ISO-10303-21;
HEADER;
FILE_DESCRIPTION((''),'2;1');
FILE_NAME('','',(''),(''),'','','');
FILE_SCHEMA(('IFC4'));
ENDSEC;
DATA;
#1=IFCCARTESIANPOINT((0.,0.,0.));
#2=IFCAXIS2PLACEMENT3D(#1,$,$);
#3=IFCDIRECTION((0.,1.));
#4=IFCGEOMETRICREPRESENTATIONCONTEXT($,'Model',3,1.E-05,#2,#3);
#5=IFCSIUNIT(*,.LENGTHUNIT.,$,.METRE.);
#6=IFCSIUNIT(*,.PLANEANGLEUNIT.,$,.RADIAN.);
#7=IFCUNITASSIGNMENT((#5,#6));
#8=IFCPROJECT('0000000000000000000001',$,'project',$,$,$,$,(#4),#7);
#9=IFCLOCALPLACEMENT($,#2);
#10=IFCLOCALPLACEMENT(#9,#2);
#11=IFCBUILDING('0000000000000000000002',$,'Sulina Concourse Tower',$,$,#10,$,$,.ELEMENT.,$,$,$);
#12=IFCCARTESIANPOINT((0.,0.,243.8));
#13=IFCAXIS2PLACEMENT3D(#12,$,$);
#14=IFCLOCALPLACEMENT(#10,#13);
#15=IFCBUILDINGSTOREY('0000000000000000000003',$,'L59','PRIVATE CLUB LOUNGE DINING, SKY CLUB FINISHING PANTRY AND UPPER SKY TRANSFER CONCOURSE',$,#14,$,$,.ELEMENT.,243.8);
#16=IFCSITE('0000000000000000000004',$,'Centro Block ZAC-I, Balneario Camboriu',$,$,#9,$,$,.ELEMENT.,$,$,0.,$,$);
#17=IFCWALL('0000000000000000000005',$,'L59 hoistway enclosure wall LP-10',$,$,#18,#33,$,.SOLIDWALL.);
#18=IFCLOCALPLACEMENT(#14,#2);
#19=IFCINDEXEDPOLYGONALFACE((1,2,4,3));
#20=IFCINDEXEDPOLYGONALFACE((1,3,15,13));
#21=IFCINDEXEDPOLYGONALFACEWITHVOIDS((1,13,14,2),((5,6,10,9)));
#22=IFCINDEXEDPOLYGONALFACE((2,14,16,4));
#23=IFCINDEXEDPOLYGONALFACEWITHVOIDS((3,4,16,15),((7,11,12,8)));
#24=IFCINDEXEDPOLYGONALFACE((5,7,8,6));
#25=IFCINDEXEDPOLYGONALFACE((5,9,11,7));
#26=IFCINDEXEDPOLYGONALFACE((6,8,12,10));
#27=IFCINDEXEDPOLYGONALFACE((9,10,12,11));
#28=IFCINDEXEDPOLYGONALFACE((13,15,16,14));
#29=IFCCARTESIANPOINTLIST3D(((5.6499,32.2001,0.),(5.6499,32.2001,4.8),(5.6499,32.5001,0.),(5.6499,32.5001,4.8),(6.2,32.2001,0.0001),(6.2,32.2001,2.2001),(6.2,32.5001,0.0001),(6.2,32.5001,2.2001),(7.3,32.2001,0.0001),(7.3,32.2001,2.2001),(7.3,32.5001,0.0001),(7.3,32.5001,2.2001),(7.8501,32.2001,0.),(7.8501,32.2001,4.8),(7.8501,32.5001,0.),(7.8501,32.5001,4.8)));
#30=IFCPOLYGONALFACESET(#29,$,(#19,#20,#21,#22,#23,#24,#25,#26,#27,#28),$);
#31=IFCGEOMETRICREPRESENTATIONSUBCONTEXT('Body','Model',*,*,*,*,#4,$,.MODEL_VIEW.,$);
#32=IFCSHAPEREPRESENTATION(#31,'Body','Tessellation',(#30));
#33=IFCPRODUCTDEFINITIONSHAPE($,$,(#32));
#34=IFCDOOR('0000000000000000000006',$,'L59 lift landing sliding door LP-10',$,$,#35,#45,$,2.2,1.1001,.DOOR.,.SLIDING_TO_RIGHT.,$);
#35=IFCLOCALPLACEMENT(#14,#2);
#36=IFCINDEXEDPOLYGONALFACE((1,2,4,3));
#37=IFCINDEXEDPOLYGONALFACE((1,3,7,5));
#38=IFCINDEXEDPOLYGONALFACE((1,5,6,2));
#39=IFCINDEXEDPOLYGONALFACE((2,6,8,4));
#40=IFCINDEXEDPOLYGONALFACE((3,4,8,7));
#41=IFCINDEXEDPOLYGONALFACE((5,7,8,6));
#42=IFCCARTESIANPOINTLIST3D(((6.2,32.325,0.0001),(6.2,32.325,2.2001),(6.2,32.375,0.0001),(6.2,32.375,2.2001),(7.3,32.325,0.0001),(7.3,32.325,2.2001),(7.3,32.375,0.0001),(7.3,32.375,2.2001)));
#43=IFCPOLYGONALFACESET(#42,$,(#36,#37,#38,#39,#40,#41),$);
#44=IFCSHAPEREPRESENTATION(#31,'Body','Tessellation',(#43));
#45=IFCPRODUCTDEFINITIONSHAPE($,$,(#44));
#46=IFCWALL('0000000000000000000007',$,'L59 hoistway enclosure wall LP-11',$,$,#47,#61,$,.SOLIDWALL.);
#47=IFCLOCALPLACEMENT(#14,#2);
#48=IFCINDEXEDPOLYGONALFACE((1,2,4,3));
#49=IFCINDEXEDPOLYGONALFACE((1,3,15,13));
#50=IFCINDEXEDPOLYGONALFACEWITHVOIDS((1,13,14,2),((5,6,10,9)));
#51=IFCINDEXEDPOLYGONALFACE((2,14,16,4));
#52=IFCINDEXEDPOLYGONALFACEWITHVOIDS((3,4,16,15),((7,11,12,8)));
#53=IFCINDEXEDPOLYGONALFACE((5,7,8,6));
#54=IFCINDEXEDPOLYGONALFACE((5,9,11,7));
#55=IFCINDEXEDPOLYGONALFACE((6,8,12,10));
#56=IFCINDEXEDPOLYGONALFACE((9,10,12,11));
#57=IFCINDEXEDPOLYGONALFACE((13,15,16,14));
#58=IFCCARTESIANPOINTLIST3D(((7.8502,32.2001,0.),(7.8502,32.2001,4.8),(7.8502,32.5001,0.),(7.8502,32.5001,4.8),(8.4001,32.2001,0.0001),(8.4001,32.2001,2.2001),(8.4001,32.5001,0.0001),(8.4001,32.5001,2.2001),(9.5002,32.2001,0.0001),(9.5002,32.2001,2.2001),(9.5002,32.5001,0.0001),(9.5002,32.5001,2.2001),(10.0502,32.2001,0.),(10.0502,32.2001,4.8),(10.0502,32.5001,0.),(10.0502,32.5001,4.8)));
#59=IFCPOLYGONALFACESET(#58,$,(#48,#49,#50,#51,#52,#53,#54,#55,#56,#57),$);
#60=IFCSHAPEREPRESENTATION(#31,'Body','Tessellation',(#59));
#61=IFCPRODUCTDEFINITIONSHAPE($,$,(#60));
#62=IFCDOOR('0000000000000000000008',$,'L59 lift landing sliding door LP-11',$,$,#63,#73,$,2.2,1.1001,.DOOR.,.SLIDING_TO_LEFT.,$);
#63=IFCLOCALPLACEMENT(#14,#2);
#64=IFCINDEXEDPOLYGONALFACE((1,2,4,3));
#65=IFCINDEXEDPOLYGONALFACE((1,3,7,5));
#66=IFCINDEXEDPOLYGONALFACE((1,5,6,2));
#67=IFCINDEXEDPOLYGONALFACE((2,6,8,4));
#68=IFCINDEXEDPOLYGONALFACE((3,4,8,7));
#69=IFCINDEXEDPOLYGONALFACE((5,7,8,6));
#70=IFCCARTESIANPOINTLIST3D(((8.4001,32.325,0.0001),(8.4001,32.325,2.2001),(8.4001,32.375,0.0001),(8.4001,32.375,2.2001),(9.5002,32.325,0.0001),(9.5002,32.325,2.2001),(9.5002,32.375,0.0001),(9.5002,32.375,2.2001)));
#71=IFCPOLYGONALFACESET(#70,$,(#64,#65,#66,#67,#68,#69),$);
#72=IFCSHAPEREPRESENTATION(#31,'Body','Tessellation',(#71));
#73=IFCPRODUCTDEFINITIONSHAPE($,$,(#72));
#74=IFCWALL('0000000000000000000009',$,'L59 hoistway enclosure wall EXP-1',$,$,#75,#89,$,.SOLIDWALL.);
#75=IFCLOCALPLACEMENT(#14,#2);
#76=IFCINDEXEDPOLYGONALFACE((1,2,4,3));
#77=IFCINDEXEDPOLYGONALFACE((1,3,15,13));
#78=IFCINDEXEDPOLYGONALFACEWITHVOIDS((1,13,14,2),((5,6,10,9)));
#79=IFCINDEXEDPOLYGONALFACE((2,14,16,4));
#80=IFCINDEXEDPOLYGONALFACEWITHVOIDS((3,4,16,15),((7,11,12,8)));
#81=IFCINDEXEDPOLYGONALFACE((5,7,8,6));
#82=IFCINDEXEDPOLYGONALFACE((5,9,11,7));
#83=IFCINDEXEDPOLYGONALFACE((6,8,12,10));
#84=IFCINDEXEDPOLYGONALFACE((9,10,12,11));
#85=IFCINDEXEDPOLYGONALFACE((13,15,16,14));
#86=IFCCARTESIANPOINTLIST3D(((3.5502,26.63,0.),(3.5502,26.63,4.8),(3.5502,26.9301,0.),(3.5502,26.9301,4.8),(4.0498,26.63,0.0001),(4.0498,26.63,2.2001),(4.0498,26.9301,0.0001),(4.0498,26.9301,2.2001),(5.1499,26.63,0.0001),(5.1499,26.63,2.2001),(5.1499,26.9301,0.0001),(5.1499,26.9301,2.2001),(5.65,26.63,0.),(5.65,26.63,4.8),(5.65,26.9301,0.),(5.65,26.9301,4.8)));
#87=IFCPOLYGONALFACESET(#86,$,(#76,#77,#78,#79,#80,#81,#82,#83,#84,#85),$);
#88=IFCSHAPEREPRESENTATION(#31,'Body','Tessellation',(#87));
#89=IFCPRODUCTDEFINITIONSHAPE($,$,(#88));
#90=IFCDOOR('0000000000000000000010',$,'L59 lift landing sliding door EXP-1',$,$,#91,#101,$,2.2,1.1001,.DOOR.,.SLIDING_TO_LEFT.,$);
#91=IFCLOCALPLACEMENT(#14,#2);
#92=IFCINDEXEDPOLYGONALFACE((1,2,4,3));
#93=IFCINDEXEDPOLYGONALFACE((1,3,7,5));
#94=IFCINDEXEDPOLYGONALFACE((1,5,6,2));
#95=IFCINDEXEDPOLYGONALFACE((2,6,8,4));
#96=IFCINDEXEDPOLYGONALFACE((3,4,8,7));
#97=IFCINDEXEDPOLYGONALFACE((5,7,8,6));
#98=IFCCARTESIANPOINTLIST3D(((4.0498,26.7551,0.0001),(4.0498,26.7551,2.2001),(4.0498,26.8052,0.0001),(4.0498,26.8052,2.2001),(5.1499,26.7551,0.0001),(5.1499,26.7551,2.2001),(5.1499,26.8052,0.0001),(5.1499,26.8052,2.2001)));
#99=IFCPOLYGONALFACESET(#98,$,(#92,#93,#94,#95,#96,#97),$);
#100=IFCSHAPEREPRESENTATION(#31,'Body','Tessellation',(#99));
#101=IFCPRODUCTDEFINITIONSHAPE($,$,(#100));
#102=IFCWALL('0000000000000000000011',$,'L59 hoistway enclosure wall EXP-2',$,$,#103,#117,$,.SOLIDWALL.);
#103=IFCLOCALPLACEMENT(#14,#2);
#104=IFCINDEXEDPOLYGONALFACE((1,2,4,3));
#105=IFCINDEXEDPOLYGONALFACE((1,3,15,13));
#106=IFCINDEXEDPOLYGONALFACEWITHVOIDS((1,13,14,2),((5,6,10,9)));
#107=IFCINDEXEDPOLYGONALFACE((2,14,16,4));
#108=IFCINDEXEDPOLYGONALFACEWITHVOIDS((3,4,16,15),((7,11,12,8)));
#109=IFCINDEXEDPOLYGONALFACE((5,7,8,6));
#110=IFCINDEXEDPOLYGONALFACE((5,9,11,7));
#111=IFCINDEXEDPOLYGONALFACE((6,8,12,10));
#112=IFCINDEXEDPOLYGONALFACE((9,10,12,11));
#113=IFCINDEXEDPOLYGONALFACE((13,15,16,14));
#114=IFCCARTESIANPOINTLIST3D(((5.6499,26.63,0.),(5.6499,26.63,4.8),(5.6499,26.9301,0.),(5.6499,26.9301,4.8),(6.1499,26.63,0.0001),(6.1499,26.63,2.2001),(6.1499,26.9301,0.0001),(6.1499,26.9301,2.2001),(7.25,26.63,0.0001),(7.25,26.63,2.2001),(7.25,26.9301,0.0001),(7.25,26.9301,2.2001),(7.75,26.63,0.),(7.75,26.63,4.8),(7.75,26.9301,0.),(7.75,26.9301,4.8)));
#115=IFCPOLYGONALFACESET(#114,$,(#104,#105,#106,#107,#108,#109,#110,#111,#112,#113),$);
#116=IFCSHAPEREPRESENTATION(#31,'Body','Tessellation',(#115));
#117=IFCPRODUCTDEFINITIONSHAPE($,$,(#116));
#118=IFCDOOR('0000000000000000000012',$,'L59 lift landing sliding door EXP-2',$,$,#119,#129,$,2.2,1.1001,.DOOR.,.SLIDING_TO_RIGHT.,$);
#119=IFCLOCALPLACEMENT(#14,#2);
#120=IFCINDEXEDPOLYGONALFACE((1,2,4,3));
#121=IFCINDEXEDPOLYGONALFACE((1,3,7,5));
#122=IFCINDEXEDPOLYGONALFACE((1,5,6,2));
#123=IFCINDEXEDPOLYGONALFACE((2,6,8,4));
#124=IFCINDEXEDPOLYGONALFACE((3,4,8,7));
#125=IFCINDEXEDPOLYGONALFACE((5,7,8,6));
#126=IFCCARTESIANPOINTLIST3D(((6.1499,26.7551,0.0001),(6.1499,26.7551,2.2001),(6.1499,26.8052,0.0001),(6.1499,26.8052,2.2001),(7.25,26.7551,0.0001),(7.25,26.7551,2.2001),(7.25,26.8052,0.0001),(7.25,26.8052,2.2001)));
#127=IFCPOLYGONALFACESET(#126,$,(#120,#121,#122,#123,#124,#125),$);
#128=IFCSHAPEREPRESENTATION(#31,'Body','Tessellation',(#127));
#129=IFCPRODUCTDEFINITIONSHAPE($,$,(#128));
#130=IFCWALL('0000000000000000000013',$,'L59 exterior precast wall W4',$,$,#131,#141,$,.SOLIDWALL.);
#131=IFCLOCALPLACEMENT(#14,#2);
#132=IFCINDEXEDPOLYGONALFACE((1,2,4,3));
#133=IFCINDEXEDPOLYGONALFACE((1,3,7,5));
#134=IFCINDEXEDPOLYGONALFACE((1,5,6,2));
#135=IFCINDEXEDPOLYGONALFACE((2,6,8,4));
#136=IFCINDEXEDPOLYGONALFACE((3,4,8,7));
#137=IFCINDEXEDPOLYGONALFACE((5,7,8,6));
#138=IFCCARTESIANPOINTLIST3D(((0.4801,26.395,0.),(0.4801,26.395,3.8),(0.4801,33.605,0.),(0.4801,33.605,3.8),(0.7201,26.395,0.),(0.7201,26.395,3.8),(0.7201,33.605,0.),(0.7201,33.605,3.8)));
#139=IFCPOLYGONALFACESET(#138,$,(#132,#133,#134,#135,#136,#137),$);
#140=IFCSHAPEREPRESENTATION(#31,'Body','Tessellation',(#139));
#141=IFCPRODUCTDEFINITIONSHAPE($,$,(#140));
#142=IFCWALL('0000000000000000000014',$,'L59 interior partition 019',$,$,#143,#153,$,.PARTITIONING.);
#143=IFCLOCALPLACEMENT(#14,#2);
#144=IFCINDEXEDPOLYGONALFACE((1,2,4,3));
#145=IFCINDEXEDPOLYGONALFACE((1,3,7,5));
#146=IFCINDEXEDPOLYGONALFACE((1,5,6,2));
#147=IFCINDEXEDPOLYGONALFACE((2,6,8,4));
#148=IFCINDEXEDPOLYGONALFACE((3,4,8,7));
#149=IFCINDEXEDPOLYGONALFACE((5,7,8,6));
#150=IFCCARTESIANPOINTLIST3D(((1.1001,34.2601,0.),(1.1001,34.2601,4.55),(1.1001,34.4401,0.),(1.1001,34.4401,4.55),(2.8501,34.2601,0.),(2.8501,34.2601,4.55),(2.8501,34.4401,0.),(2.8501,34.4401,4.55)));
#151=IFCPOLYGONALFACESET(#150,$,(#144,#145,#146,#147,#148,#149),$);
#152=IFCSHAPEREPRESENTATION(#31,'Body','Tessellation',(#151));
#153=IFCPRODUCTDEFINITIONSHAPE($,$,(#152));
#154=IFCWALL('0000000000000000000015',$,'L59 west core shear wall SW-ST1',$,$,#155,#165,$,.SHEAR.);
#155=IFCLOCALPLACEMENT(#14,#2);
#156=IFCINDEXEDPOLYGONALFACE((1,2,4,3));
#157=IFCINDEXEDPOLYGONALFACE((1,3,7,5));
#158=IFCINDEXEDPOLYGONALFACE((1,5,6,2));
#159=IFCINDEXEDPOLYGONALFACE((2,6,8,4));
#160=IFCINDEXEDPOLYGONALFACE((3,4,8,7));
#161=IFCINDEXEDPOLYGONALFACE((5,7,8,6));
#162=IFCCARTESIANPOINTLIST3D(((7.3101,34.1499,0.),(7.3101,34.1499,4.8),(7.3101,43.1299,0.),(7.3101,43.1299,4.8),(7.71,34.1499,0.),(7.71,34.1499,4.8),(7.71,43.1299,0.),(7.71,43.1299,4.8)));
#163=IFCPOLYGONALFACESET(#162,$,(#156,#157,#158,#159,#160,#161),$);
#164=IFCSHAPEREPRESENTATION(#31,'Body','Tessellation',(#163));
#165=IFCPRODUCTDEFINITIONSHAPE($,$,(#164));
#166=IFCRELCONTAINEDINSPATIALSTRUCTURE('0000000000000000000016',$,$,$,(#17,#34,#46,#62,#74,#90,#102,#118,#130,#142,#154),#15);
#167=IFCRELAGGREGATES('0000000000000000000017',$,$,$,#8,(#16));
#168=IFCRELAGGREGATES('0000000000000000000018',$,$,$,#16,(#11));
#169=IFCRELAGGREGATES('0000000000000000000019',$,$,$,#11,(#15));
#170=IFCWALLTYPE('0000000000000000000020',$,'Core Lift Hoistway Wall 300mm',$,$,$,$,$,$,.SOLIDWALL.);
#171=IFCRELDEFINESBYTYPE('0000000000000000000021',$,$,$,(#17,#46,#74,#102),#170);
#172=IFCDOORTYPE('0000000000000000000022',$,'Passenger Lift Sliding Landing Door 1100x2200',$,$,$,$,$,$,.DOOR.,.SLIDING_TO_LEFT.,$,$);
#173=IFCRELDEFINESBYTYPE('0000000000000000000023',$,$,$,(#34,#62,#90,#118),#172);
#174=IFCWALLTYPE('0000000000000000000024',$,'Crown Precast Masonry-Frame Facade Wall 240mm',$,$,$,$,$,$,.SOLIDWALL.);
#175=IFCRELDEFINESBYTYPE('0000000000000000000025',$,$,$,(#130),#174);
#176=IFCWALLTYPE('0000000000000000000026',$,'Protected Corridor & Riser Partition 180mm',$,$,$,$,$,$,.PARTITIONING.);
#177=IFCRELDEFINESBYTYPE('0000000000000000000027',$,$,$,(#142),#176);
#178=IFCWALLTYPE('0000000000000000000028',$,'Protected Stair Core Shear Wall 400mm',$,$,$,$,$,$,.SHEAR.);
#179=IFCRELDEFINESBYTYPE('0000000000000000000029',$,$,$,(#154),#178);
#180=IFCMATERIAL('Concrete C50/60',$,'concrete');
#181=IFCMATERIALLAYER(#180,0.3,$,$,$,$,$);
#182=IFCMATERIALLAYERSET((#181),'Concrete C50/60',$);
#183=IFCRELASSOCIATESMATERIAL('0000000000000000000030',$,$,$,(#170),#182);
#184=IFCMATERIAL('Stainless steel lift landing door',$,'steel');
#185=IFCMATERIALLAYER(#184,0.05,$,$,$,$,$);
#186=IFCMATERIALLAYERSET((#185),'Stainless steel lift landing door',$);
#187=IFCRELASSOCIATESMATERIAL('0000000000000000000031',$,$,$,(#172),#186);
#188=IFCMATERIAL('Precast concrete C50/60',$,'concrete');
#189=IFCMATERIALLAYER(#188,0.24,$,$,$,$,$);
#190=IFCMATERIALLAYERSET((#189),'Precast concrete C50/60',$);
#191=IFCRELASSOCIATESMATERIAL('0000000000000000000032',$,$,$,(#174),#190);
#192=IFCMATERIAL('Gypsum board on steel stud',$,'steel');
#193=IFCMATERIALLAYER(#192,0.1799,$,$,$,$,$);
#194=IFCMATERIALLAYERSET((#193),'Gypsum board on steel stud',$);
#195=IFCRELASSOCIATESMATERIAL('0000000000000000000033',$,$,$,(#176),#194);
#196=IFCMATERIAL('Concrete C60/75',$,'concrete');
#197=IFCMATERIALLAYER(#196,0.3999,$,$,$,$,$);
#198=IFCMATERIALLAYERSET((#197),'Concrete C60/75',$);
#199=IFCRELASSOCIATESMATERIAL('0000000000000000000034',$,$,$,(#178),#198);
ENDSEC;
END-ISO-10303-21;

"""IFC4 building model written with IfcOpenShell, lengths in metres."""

from ifc_helpers import new_model, si_unit, direction, frame, frame_2d, origin, place, context, subcontext, project, spatial, rectangle, extrude, material, layer, layer_set, type_object, element, fill, save


model = new_model("IFC4")

# Units and contexts
model_context = context("Model", 3, precision=1e-05, world=origin(), true_north=direction((0.0, 1.0)))
body_context = subcontext(model_context, "Body", "Model", "MODEL_VIEW")
ifc_project = project(units=[si_unit("LENGTHUNIT", "METRE"), si_unit("PLANEANGLEUNIT", "RADIAN")], contexts=[model_context])

# Site, building, storey
site_placement = place(None, origin())
site = spatial("IfcSite", under=ifc_project, at=site_placement, Name="Centro Block ZAC-I, Balneario Camboriu", CompositionType="ELEMENT", RefElevation=0.0)
building_placement = place(site_placement, origin())
building = spatial("IfcBuilding", under=site, at=building_placement, Name="Sulina Concourse Tower", CompositionType="ELEMENT")
storey_placement = place(building_placement, frame((0.0, 0.0, 243.8)))
storey = spatial("IfcBuildingStorey", under=building, at=storey_placement, Name="L59", Description="PRIVATE CLUB LOUNGE DINING, SKY CLUB FINISHING PANTRY AND UPPER SKY TRANSFER CONCOURSE", CompositionType="ELEMENT", Elevation=243.8)

# Walls, openings, doors
ifc_material_1 = material(Name="Concrete C50/60", Category="concrete")
ifc_layer_1 = layer(ifc_material_1, 0.3)
ifc_layer_set_1 = layer_set([ifc_layer_1], Name="Concrete C50/60")
wall_type_1 = type_object("IfcWallType", Name="Core Lift Hoistway Wall 300mm", PredefinedType="SOLIDWALL", material=ifc_layer_set_1)
ifc_material_2 = material(Name="Stainless steel lift landing door", Category="steel")
ifc_layer_2 = layer(ifc_material_2, 0.05)
ifc_layer_set_2 = layer_set([ifc_layer_2], Name="Stainless steel lift landing door")
door_type_1 = type_object("IfcDoorType", Name="Passenger Lift Sliding Landing Door 1100x2200", OperationType="SLIDING_TO_LEFT", PredefinedType="DOOR", material=ifc_layer_set_2)
wall_1_placement = place(storey_placement, frame((5.6499, 32.3501, 0.0), z_axis=(0.0, 0.0, 1.0), x_axis=(1.0, 0.0, 0.0)))
wall_1 = element("IfcWall", 1, at=wall_1_placement, inside=storey, type_object=wall_type_1, Name="L59 hoistway enclosure wall LP-10", PredefinedType="SOLIDWALL", context=body_context, shape_type="SweptSolid", body=[
    extrude(rectangle(XDim=2.2002, YDim=0.3, at=frame_2d((1.1001, 0.0))), origin(), (0.0, 0.0, 1.0), 4.8),
])
opening_1_placement = place(wall_1_placement, frame((0.55, 0.0, 0.0)))
opening_1 = element("IfcOpeningElement", 2, at=opening_1_placement, cuts=wall_1, PredefinedType="OPENING", context=body_context, shape_type="SweptSolid", body=[
    extrude(rectangle(XDim=1.1001, YDim=2.2, at=frame_2d((0.55, 1.1001))), frame((0.0, 0.1599, 0.0), z_axis=(0.0, -1.0, 0.0), x_axis=(1.0, 0.0, 0.0)), (0.0, 0.0, 1.0), 0.3201),
])
door_1_placement = place(opening_1_placement, origin())
door_1 = element("IfcDoor", 3, at=door_1_placement, inside=storey, type_object=door_type_1, Name="L59 lift landing sliding door LP-10", OperationType="SLIDING_TO_RIGHT", OverallHeight=2.2, OverallWidth=1.1001, PredefinedType="DOOR", context=body_context, shape_type="SweptSolid", body=[
    extrude(rectangle(XDim=1.1001, YDim=2.2, at=frame_2d((0.55, 1.1001))), frame((0.0, 0.0249, 0.0), z_axis=(0.0, -1.0, 0.0), x_axis=(1.0, 0.0, 0.0)), (0.0, 0.0, 1.0), 0.05),
])
fill(opening_1, door_1)
wall_2_placement = place(storey_placement, frame((7.8501, 32.3501, 0.0), z_axis=(0.0, 0.0, 1.0), x_axis=(1.0, 0.0, 0.0)))
wall_2 = element("IfcWall", 4, at=wall_2_placement, inside=storey, type_object=wall_type_1, Name="L59 hoistway enclosure wall LP-11", PredefinedType="SOLIDWALL", context=body_context, shape_type="SweptSolid", body=[
    extrude(rectangle(XDim=2.2, YDim=0.3, at=frame_2d((1.1001, 0.0))), origin(), (0.0, 0.0, 1.0), 4.8),
])
opening_2_placement = place(wall_2_placement, frame((0.55, 0.0, 0.0)))
opening_2 = element("IfcOpeningElement", 5, at=opening_2_placement, cuts=wall_2, PredefinedType="OPENING", context=body_context, shape_type="SweptSolid", body=[
    extrude(rectangle(XDim=1.1001, YDim=2.2, at=frame_2d((0.55, 1.1001))), frame((0.0, 0.1599, 0.0), z_axis=(0.0, -1.0, 0.0), x_axis=(1.0, 0.0, 0.0)), (0.0, 0.0, 1.0), 0.3201),
])
door_2_placement = place(opening_2_placement, origin())
door_2 = element("IfcDoor", 6, at=door_2_placement, inside=storey, type_object=door_type_1, Name="L59 lift landing sliding door LP-11", OperationType="SLIDING_TO_LEFT", OverallHeight=2.2, OverallWidth=1.1001, PredefinedType="DOOR", context=body_context, shape_type="SweptSolid", body=[
    extrude(rectangle(XDim=1.1001, YDim=2.2, at=frame_2d((0.55, 1.1001))), frame((0.0, 0.0249, 0.0), z_axis=(0.0, -1.0, 0.0), x_axis=(1.0, 0.0, 0.0)), (0.0, 0.0, 1.0), 0.05),
])
fill(opening_2, door_2)
wall_3_placement = place(storey_placement, frame((5.6499, 26.78, 0.0), z_axis=(0.0, 0.0, 1.0), x_axis=(-1.0, 0.0, 0.0)))
wall_3 = element("IfcWall", 7, at=wall_3_placement, inside=storey, type_object=wall_type_1, Name="L59 hoistway enclosure wall EXP-1", PredefinedType="SOLIDWALL", context=body_context, shape_type="SweptSolid", body=[
    extrude(rectangle(XDim=2.0999, YDim=0.3, at=frame_2d((1.0498, 0.0))), origin(), (0.0, 0.0, 1.0), 4.8),
])
opening_3_placement = place(wall_3_placement, frame((0.5, 0.0, 0.0)))
opening_3 = element("IfcOpeningElement", 8, at=opening_3_placement, cuts=wall_3, PredefinedType="OPENING", context=body_context, shape_type="SweptSolid", body=[
    extrude(rectangle(XDim=1.1001, YDim=2.2, at=frame_2d((0.55, 1.1001))), frame((0.0, 0.1599, 0.0), z_axis=(0.0, -1.0, 0.0), x_axis=(1.0, 0.0, 0.0)), (0.0, 0.0, 1.0), 0.3201),
])
door_3_placement = place(opening_3_placement, origin())
door_3 = element("IfcDoor", 9, at=door_3_placement, inside=storey, type_object=door_type_1, Name="L59 lift landing sliding door EXP-1", OperationType="SLIDING_TO_LEFT", OverallHeight=2.2, OverallWidth=1.1001, PredefinedType="DOOR", context=body_context, shape_type="SweptSolid", body=[
    extrude(rectangle(XDim=1.1001, YDim=2.2, at=frame_2d((0.55, 1.1001))), frame((0.0, 0.0249, 0.0), z_axis=(0.0, -1.0, 0.0), x_axis=(1.0, 0.0, 0.0)), (0.0, 0.0, 1.0), 0.05),
])
fill(opening_3, door_3)
wall_4_placement = place(storey_placement, frame((7.75, 26.78, 0.0), z_axis=(0.0, 0.0, 1.0), x_axis=(-1.0, 0.0, 0.0)))
wall_4 = element("IfcWall", 10, at=wall_4_placement, inside=storey, type_object=wall_type_1, Name="L59 hoistway enclosure wall EXP-2", PredefinedType="SOLIDWALL", context=body_context, shape_type="SweptSolid", body=[
    extrude(rectangle(XDim=2.1001, YDim=0.3, at=frame_2d((1.05, 0.0))), origin(), (0.0, 0.0, 1.0), 4.8),
])
opening_4_placement = place(wall_4_placement, frame((0.5, 0.0, 0.0)))
opening_4 = element("IfcOpeningElement", 11, at=opening_4_placement, cuts=wall_4, PredefinedType="OPENING", context=body_context, shape_type="SweptSolid", body=[
    extrude(rectangle(XDim=1.1001, YDim=2.2, at=frame_2d((0.55, 1.1001))), frame((0.0, 0.1599, 0.0), z_axis=(0.0, -1.0, 0.0), x_axis=(1.0, 0.0, 0.0)), (0.0, 0.0, 1.0), 0.3201),
])
door_4_placement = place(opening_4_placement, origin())
door_4 = element("IfcDoor", 12, at=door_4_placement, inside=storey, type_object=door_type_1, Name="L59 lift landing sliding door EXP-2", OperationType="SLIDING_TO_RIGHT", OverallHeight=2.2, OverallWidth=1.1001, PredefinedType="DOOR", context=body_context, shape_type="SweptSolid", body=[
    extrude(rectangle(XDim=1.1001, YDim=2.2, at=frame_2d((0.55, 1.1001))), frame((0.0, 0.0249, 0.0), z_axis=(0.0, -1.0, 0.0), x_axis=(1.0, 0.0, 0.0)), (0.0, 0.0, 1.0), 0.05),
])
fill(opening_4, door_4)

# Walls
ifc_material_3 = material(Name="Precast concrete C50/60", Category="concrete")
ifc_layer_3 = layer(ifc_material_3, 0.24)
ifc_layer_set_3 = layer_set([ifc_layer_3], Name="Precast concrete C50/60")
wall_type_2 = type_object("IfcWallType", Name="Crown Precast Masonry-Frame Facade Wall 240mm", PredefinedType="SOLIDWALL", material=ifc_layer_set_3)
wall_5_placement = place(storey_placement, frame((0.6001, 26.395, 0.0), z_axis=(0.0, 0.0, 1.0), x_axis=(0.0, 1.0, 0.0)))
element("IfcWall", 13, at=wall_5_placement, inside=storey, type_object=wall_type_2, Name="L59 exterior precast wall W4", PredefinedType="SOLIDWALL", context=body_context, shape_type="SweptSolid", body=[
    extrude(rectangle(XDim=7.21, YDim=0.24, at=frame_2d((3.605, 0.0))), origin(), (0.0, 0.0, 1.0), 3.8),
])
ifc_material_4 = material(Name="Gypsum board on steel stud", Category="steel")
ifc_layer_4 = layer(ifc_material_4, 0.1799)
ifc_layer_set_4 = layer_set([ifc_layer_4], Name="Gypsum board on steel stud")
wall_type_3 = type_object("IfcWallType", Name="Protected Corridor & Riser Partition 180mm", PredefinedType="PARTITIONING", material=ifc_layer_set_4)
wall_6_placement = place(storey_placement, frame((1.1001, 34.3501, 0.0), z_axis=(0.0, 0.0, 1.0), x_axis=(1.0, 0.0, 0.0)))
element("IfcWall", 14, at=wall_6_placement, inside=storey, type_object=wall_type_3, Name="L59 interior partition 019", PredefinedType="PARTITIONING", context=body_context, shape_type="SweptSolid", body=[
    extrude(rectangle(XDim=1.75, YDim=0.1799, at=frame_2d((0.875, 0.0))), origin(), (0.0, 0.0, 1.0), 4.55),
])
ifc_material_5 = material(Name="Concrete C60/75", Category="concrete")
ifc_layer_5 = layer(ifc_material_5, 0.3999)
ifc_layer_set_5 = layer_set([ifc_layer_5], Name="Concrete C60/75")
wall_type_4 = type_object("IfcWallType", Name="Protected Stair Core Shear Wall 400mm", PredefinedType="SHEAR", material=ifc_layer_set_5)
wall_7_placement = place(storey_placement, frame((7.51, 34.1499, 0.0), z_axis=(0.0, 0.0, 1.0), x_axis=(0.0, 1.0, 0.0)))
element("IfcWall", 15, at=wall_7_placement, inside=storey, type_object=wall_type_4, Name="L59 west core shear wall SW-ST1", PredefinedType="SHEAR", context=body_context, shape_type="SweptSolid", body=[
    extrude(rectangle(XDim=8.98, YDim=0.3999, at=frame_2d((4.49, 0.0))), origin(), (0.0, 0.0, 1.0), 4.8),
])

save(model, "model.ifc")
